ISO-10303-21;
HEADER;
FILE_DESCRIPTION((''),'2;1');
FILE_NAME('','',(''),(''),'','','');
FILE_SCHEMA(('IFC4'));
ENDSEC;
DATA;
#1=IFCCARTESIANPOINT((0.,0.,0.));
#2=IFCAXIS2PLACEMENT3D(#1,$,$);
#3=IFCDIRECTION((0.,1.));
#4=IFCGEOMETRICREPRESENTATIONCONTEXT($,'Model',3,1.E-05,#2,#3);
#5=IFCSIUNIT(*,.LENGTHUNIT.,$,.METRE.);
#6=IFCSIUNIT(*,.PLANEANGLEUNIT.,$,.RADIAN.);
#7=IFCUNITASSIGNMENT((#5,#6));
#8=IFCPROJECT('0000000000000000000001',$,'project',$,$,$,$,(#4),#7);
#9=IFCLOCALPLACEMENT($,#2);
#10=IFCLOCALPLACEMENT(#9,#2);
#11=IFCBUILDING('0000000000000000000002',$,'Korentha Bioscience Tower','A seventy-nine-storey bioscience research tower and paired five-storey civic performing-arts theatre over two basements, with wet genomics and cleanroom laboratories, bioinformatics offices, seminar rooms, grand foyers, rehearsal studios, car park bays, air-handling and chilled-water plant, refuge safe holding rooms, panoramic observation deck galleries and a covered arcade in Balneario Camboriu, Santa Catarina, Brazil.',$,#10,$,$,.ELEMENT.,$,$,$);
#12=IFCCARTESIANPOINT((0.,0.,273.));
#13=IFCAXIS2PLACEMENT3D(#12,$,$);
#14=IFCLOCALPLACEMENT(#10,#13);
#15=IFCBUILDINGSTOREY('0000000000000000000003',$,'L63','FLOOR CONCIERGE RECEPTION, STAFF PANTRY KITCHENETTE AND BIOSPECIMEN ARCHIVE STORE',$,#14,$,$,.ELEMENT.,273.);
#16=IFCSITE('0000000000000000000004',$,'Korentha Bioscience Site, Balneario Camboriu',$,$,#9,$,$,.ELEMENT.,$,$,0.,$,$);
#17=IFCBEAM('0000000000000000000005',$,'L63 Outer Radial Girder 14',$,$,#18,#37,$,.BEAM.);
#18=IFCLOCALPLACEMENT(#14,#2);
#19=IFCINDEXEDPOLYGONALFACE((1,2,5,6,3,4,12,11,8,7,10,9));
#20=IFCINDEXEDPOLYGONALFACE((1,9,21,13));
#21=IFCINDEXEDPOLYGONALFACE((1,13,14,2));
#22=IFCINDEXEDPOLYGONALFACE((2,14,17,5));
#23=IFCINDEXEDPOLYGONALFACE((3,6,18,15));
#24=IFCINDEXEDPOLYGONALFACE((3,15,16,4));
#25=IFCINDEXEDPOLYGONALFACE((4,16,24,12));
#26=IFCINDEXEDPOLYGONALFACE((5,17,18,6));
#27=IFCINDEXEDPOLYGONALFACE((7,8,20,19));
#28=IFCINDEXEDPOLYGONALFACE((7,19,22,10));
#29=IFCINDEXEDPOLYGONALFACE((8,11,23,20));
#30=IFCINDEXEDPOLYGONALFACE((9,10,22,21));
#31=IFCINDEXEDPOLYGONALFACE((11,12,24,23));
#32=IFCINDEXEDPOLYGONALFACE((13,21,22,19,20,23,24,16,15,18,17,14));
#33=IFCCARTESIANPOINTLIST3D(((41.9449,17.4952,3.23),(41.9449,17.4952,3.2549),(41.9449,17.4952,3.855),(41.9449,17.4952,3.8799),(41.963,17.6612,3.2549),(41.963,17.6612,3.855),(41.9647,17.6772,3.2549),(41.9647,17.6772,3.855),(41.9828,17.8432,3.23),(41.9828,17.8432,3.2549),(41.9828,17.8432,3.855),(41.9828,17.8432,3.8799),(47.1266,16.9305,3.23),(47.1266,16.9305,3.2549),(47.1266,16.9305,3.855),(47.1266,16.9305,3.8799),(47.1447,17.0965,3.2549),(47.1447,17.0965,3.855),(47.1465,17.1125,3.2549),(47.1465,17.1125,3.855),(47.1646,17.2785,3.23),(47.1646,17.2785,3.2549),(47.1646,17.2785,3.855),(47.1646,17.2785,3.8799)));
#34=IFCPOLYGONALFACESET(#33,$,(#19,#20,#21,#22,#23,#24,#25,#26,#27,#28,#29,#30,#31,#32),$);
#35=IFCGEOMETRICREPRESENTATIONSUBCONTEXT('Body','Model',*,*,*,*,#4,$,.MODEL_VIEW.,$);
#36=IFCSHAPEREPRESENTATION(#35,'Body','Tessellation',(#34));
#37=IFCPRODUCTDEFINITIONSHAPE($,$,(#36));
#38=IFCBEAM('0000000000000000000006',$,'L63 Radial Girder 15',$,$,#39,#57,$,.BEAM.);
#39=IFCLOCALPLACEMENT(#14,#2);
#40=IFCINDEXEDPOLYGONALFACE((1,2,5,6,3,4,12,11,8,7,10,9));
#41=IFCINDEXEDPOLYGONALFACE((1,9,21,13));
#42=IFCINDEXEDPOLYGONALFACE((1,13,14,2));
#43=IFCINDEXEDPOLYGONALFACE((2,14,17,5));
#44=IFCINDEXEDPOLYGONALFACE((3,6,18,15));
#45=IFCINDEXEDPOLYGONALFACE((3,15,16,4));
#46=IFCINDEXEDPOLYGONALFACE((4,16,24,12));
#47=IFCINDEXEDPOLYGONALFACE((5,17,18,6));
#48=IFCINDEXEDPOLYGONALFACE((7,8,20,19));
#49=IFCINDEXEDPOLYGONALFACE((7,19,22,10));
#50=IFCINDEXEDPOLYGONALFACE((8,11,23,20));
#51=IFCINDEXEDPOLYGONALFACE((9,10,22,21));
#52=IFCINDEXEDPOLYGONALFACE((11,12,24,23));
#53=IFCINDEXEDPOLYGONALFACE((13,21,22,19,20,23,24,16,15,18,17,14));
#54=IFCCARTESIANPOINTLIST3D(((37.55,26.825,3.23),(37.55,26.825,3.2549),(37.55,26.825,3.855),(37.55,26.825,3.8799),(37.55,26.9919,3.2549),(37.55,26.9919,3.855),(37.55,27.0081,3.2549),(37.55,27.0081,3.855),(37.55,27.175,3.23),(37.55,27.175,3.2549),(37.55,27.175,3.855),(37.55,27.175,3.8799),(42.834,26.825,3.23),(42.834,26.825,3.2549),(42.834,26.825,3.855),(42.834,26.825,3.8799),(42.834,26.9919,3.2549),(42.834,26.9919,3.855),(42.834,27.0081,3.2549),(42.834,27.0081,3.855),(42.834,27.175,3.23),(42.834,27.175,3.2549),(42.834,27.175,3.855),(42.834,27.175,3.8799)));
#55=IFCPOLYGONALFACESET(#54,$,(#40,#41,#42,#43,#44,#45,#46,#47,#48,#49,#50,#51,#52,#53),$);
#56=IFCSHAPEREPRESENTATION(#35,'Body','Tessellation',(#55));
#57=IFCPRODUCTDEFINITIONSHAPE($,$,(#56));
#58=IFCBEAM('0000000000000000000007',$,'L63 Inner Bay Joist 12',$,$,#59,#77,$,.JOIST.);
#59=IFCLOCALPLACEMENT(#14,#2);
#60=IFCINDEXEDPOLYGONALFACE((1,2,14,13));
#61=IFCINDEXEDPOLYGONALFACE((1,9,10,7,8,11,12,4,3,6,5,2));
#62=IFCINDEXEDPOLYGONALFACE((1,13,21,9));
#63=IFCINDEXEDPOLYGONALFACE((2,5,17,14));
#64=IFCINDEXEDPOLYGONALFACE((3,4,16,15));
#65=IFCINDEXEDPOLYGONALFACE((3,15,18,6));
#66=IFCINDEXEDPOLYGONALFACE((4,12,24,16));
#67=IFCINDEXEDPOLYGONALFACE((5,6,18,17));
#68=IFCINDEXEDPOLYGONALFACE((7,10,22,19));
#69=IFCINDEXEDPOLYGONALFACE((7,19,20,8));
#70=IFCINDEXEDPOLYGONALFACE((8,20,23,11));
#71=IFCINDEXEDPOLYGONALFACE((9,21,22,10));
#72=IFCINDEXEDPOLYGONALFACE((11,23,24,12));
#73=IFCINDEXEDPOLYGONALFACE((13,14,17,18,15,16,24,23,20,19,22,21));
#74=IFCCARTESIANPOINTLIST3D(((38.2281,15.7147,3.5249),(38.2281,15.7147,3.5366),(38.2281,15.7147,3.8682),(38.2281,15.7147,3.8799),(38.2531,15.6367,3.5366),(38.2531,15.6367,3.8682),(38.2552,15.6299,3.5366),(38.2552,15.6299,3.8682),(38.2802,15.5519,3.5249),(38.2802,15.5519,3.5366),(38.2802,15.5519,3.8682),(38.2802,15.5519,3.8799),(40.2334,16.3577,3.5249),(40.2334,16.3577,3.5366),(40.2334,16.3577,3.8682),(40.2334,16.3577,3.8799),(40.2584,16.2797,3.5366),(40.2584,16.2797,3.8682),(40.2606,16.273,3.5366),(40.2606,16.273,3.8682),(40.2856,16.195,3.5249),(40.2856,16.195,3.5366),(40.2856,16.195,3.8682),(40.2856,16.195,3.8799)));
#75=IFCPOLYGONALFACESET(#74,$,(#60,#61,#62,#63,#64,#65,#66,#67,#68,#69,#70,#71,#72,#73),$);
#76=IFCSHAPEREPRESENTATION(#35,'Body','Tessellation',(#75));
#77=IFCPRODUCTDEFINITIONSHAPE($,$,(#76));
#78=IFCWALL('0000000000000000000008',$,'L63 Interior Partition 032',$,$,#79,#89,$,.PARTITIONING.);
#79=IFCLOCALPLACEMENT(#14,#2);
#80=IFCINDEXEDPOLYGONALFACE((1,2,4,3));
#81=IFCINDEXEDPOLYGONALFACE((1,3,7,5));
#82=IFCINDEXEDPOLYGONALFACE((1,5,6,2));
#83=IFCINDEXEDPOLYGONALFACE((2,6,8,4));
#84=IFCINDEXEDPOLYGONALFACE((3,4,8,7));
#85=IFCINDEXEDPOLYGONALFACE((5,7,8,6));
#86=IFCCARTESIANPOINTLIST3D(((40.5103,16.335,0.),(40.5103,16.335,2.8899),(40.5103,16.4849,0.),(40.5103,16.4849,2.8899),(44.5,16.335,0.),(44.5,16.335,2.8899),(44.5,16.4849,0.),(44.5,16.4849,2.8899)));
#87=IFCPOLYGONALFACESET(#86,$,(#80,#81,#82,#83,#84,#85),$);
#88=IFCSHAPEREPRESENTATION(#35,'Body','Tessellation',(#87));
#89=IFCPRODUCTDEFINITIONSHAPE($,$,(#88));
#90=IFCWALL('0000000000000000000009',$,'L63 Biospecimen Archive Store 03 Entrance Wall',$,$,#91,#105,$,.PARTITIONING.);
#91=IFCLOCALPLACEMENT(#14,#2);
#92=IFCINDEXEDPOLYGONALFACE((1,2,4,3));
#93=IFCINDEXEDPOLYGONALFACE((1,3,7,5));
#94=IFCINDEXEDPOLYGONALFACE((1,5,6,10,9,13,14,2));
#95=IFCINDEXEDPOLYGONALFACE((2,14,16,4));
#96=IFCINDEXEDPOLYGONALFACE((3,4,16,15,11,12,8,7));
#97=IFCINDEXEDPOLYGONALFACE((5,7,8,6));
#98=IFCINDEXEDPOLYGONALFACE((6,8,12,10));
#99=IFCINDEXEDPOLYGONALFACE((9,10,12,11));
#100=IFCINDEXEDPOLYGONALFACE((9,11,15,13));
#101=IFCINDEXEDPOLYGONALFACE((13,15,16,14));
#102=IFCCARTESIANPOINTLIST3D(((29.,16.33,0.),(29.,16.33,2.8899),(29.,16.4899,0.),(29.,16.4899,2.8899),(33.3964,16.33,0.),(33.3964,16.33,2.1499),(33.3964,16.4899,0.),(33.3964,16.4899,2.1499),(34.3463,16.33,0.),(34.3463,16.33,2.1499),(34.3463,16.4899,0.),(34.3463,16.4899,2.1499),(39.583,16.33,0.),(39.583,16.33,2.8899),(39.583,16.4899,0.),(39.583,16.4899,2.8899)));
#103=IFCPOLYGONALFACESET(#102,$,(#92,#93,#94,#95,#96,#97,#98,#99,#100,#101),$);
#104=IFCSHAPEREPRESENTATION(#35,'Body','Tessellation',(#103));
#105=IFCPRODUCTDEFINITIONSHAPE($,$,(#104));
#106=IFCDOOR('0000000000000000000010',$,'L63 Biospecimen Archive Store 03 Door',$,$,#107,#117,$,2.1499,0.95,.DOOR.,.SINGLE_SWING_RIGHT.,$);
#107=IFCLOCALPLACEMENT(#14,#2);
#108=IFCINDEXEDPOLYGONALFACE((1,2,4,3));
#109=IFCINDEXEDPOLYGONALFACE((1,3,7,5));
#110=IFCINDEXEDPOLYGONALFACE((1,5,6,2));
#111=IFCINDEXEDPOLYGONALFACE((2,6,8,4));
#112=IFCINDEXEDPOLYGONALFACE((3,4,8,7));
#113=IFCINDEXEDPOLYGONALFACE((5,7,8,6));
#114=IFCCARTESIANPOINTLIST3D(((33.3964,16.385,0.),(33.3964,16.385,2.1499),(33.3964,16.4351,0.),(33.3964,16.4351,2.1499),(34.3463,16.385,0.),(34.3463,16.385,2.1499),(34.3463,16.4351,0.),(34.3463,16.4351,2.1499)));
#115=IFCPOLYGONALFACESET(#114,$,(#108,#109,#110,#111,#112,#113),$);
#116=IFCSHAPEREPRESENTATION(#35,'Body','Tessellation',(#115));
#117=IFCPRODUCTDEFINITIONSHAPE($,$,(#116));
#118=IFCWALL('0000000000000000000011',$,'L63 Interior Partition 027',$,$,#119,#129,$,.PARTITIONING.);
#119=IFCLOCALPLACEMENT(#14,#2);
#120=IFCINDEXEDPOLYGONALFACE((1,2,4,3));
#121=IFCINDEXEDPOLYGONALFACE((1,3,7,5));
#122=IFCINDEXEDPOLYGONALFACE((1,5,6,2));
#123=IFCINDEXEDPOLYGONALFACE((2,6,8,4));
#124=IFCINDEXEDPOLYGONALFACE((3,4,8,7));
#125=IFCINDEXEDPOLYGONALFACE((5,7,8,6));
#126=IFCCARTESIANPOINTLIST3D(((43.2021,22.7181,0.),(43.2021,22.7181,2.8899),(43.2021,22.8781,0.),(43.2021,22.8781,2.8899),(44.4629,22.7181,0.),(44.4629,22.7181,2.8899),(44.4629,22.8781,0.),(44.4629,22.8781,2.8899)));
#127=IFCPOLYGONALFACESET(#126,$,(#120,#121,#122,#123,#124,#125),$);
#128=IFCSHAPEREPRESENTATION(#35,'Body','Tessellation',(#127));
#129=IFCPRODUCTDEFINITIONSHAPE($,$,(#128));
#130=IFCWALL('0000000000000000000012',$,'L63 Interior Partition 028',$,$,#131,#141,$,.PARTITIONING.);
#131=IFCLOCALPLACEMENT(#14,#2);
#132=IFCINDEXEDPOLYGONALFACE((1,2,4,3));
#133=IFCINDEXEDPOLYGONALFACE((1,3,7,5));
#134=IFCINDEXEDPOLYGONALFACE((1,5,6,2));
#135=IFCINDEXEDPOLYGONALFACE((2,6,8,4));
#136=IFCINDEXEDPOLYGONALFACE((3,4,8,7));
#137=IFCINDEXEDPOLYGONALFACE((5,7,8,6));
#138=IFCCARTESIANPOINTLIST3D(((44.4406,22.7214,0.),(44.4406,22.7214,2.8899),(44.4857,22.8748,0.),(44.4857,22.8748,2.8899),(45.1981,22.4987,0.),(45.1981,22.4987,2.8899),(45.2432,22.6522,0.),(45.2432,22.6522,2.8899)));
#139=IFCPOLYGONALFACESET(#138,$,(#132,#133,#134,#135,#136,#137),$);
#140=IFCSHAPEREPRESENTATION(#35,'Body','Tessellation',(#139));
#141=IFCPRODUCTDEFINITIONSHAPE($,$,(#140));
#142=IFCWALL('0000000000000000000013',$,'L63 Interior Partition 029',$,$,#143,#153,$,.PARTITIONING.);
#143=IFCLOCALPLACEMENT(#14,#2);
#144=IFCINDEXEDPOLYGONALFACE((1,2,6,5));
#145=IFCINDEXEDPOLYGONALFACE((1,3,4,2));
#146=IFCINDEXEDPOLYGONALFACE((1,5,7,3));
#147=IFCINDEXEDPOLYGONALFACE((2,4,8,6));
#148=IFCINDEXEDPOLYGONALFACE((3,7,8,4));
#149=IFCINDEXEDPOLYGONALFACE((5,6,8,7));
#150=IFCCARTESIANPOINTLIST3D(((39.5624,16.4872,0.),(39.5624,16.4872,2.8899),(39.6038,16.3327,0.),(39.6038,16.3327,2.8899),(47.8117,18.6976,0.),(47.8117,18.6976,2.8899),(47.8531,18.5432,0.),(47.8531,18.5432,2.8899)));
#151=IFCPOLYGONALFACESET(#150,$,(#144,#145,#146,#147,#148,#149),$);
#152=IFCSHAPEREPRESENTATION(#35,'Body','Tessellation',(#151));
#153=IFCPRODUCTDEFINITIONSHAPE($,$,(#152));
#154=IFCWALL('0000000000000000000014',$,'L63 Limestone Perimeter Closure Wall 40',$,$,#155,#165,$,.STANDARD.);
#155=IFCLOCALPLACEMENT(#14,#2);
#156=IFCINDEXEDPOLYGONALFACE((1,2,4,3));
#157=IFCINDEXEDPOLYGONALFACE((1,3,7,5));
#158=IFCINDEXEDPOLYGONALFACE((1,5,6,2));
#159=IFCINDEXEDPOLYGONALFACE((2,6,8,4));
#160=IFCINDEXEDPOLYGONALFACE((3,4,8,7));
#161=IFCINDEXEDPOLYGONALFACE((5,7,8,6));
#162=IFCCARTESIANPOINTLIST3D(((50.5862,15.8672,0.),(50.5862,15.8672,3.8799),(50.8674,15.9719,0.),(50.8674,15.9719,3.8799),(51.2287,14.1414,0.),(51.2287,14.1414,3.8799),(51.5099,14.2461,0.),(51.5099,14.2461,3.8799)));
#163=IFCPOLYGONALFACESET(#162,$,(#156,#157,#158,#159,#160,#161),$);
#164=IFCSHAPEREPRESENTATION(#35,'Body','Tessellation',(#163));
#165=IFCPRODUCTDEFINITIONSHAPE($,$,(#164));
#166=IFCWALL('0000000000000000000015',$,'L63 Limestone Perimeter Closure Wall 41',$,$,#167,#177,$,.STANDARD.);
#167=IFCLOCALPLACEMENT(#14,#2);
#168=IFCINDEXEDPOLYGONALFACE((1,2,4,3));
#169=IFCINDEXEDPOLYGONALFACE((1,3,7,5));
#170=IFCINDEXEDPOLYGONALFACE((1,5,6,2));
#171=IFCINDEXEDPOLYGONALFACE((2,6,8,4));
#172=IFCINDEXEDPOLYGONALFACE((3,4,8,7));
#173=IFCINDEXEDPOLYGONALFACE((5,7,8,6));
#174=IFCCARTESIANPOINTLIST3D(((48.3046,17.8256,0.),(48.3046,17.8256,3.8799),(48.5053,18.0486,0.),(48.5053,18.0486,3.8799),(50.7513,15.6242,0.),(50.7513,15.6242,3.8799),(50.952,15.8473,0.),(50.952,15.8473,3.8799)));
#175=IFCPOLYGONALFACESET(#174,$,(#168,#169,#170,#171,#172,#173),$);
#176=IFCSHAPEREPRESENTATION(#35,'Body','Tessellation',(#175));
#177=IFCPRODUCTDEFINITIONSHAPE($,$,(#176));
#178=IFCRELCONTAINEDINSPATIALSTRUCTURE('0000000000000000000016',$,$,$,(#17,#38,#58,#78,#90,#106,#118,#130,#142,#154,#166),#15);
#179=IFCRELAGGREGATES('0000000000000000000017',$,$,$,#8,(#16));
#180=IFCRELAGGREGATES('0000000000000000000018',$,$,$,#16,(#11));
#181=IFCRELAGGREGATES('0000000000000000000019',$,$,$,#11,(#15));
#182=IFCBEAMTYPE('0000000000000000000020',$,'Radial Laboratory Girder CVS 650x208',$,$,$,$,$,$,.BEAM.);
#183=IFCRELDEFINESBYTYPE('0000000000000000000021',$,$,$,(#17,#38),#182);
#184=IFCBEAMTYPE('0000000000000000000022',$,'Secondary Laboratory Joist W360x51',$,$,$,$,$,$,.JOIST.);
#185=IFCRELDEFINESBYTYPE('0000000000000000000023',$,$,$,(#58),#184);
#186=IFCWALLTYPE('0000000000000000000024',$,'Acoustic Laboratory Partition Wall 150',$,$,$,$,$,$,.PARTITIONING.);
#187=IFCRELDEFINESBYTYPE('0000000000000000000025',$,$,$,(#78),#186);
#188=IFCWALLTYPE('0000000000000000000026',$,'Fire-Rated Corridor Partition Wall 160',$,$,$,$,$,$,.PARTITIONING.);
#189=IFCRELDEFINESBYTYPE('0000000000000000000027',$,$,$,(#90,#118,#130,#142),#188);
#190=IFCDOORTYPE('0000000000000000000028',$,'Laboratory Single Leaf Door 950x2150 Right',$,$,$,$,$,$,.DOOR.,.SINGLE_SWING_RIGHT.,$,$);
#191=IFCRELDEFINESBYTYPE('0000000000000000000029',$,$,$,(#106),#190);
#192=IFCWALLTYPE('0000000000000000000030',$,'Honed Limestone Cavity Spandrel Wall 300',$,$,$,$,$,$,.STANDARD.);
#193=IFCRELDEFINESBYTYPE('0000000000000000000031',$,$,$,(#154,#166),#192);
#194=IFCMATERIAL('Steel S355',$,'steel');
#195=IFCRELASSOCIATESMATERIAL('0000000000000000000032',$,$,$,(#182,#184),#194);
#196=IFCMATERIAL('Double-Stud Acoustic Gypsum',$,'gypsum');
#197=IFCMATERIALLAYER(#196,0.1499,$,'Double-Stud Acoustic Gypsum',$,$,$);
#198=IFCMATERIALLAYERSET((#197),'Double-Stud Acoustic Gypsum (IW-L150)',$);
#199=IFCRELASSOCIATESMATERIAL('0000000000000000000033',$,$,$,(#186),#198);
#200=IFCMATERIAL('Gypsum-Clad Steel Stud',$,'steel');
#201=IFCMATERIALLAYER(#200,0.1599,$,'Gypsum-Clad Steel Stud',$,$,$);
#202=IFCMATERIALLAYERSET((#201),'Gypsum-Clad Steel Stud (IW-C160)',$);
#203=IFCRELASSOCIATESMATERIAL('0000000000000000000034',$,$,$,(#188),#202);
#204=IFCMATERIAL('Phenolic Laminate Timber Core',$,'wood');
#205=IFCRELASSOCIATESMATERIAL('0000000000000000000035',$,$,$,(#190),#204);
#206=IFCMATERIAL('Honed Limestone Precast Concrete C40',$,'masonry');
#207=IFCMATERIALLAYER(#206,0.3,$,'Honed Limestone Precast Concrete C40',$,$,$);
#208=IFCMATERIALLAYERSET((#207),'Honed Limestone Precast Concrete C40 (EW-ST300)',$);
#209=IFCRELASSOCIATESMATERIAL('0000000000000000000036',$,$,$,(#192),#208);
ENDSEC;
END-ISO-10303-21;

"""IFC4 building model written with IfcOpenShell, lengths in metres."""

from ifc_helpers import new_model, si_unit, direction, frame, frame_2d, origin, origin_2d, place, context, subcontext, project, spatial, rectangle, i_section, extrude, material, layer, layer_set, material_profile, profile_set, type_object, element, fill, save


model = new_model("IFC4")

# Units and contexts
model_context = context("Model", 3, precision=1e-05, world=origin(), true_north=direction((0.0, 1.0)))
body_context = subcontext(model_context, "Body", "Model", "MODEL_VIEW")
ifc_project = project(units=[si_unit("LENGTHUNIT", "METRE"), si_unit("PLANEANGLEUNIT", "RADIAN")], contexts=[model_context])

# Site, building, storey
site_placement = place(None, origin())
site = spatial("IfcSite", under=ifc_project, at=site_placement, Name="Korentha Bioscience Site, Balneario Camboriu", CompositionType="ELEMENT", RefElevation=0.0)
building_placement = place(site_placement, origin())
building = spatial("IfcBuilding", under=site, at=building_placement, Name="Korentha Bioscience Tower", Description="A seventy-nine-storey bioscience research tower and paired five-storey civic performing-arts theatre over two basements, with wet genomics and cleanroom laboratories, bioinformatics offices, seminar rooms, grand foyers, rehearsal studios, car park bays, air-handling and chilled-water plant, refuge safe holding rooms, panoramic observation deck galleries and a covered arcade in Balneario Camboriu, Santa Catarina, Brazil.", CompositionType="ELEMENT")
storey_placement = place(building_placement, frame((0.0, 0.0, 273.0)))
storey = spatial("IfcBuildingStorey", under=building, at=storey_placement, Name="L63", Description="FLOOR CONCIERGE RECEPTION, STAFF PANTRY KITCHENETTE AND BIOSPECIMEN ARCHIVE STORE", CompositionType="ELEMENT", Elevation=273.0)

# Beams
ifc_material_1 = material(Name="Steel S355", Category="steel")
ifc_material_profile_1 = material_profile(ifc_material_1, i_section(OverallWidth=0.3501, OverallDepth=0.6499, WebThickness=0.0161, FlangeThickness=0.0249, at=origin_2d()), Name="Steel S355")
ifc_profile_set_1 = profile_set([ifc_material_profile_1], Name="Steel S355 (RB-650)")
beam_type_1 = type_object("IfcBeamType", Name="Radial Laboratory Girder CVS 650x208", PredefinedType="BEAM", material=ifc_profile_set_1)
beam_1_placement = place(storey_placement, frame((41.9639, 17.6692, 3.5549), z_axis=(0.994114, -0.108339, 0.0), x_axis=(0.108339, 0.994114, 0.0)))
element("IfcBeam", 1, at=beam_1_placement, inside=storey, type_object=beam_type_1, Name="L63 Outer Radial Girder 14", PredefinedType="BEAM", context=body_context, shape_type="SweptSolid", body=[
    extrude(i_section(OverallWidth=0.3501, OverallDepth=0.6499, WebThickness=0.0161, FlangeThickness=0.0249, at=origin_2d()), origin(), (0.0, 0.0, 1.0), 5.2124),
])
beam_2_placement = place(storey_placement, frame((37.55, 27.0, 3.5549), z_axis=(1.0, 0.0, 0.0), x_axis=(0.0, 1.0, 0.0)))
element("IfcBeam", 2, at=beam_2_placement, inside=storey, type_object=beam_type_1, Name="L63 Radial Girder 15", PredefinedType="BEAM", context=body_context, shape_type="SweptSolid", body=[
    extrude(i_section(OverallWidth=0.3501, OverallDepth=0.6499, WebThickness=0.0161, FlangeThickness=0.0249, at=origin_2d()), origin(), (0.0, 0.0, 1.0), 5.2839),
])
ifc_material_profile_2 = material_profile(ifc_material_1, i_section(OverallWidth=0.1709, OverallDepth=0.355, WebThickness=0.0071, FlangeThickness=0.0117, at=origin_2d()), Name="Steel S355")
ifc_profile_set_2 = profile_set([ifc_material_profile_2], Name="Steel S355 (JB-360)")
beam_type_2 = type_object("IfcBeamType", Name="Secondary Laboratory Joist W360x51", PredefinedType="JOIST", material=ifc_profile_set_2)
beam_3_placement = place(storey_placement, frame((38.2542, 15.6333, 3.7024), z_axis=(0.952238, 0.305356, 0.0), x_axis=(-0.305356, 0.952238, 0.0)))
element("IfcBeam", 3, at=beam_3_placement, inside=storey, type_object=beam_type_2, Name="L63 Inner Bay Joist 12", PredefinedType="JOIST", context=body_context, shape_type="SweptSolid", body=[
    extrude(i_section(OverallWidth=0.1709, OverallDepth=0.355, WebThickness=0.0071, FlangeThickness=0.0117, at=origin_2d()), origin(), (0.0, 0.0, 1.0), 2.106),
])

# Wall
ifc_material_2 = material(Name="Double-Stud Acoustic Gypsum", Category="gypsum")
ifc_layer_1 = layer(ifc_material_2, 0.1499, Name="Double-Stud Acoustic Gypsum")
ifc_layer_set_1 = layer_set([ifc_layer_1], Name="Double-Stud Acoustic Gypsum (IW-L150)")
wall_type_1 = type_object("IfcWallType", Name="Acoustic Laboratory Partition Wall 150", PredefinedType="PARTITIONING", material=ifc_layer_set_1)
wall_1_placement = place(storey_placement, frame((44.5, 16.4099, 0.0), z_axis=(0.0, 0.0, 1.0), x_axis=(-1.0, 0.0, 0.0)))
element("IfcWall", 4, at=wall_1_placement, inside=storey, type_object=wall_type_1, Name="L63 Interior Partition 032", PredefinedType="PARTITIONING", context=body_context, shape_type="SweptSolid", body=[
    extrude(rectangle(XDim=3.9897, YDim=0.1499, at=frame_2d((1.9949, 0.0))), origin(), (0.0, 0.0, 1.0), 2.8899),
])

# Wall, opening, door
ifc_material_3 = material(Name="Gypsum-Clad Steel Stud", Category="steel")
ifc_layer_2 = layer(ifc_material_3, 0.1599, Name="Gypsum-Clad Steel Stud")
ifc_layer_set_2 = layer_set([ifc_layer_2], Name="Gypsum-Clad Steel Stud (IW-C160)")
wall_type_2 = type_object("IfcWallType", Name="Fire-Rated Corridor Partition Wall 160", PredefinedType="PARTITIONING", material=ifc_layer_set_2)
wall_2_placement = place(storey_placement, frame((39.583, 16.4099, 0.0), z_axis=(0.0, 0.0, 1.0), x_axis=(-1.0, 0.0, 0.0)))
wall_2 = element("IfcWall", 5, at=wall_2_placement, inside=storey, type_object=wall_type_2, Name="L63 Biospecimen Archive Store 03 Entrance Wall", PredefinedType="PARTITIONING", context=body_context, shape_type="SweptSolid", body=[
    extrude(rectangle(XDim=10.583, YDim=0.1599, at=frame_2d((5.2915, 0.0))), origin(), (0.0, 0.0, 1.0), 2.8899),
])
opening_placement = place(wall_2_placement, frame((5.2366, 0.0, 0.0)))
opening = element("IfcOpeningElement", 6, at=opening_placement, cuts=wall_2, PredefinedType="OPENING", context=body_context, shape_type="SweptSolid", body=[
    extrude(rectangle(XDim=0.95, YDim=2.1499, at=frame_2d((0.4751, 1.075))), frame((0.0, 0.0947, 0.0), z_axis=(0.0, -1.0, 0.0), x_axis=(1.0, 0.0, 0.0)), (0.0, 0.0, 1.0), 0.1897),
])
ifc_material_4 = material(Name="Phenolic Laminate Timber Core", Category="wood")
door_type = type_object("IfcDoorType", Name="Laboratory Single Leaf Door 950x2150 Right", OperationType="SINGLE_SWING_RIGHT", PredefinedType="DOOR", material=ifc_material_4)
door_placement = place(opening_placement, origin())
door = element("IfcDoor", 7, at=door_placement, inside=storey, type_object=door_type, Name="L63 Biospecimen Archive Store 03 Door", OperationType="SINGLE_SWING_RIGHT", OverallHeight=2.1499, OverallWidth=0.95, PredefinedType="DOOR", context=body_context, shape_type="SweptSolid", body=[
    extrude(rectangle(XDim=0.95, YDim=2.1499, at=frame_2d((0.4751, 1.075))), frame((0.0, 0.0249, 0.0), z_axis=(0.0, -1.0, 0.0), x_axis=(1.0, 0.0, 0.0)), (0.0, 0.0, 1.0), 0.05),
])
fill(opening, door)

# Walls
wall_3_placement = place(storey_placement, frame((43.2021, 22.7981, 0.0), z_axis=(0.0, 0.0, 1.0), x_axis=(1.0, 0.0, 0.0)))
element("IfcWall", 8, at=wall_3_placement, inside=storey, type_object=wall_type_2, Name="L63 Interior Partition 027", PredefinedType="PARTITIONING", context=body_context, shape_type="SweptSolid", body=[
    extrude(rectangle(XDim=1.2607, YDim=0.1599, at=frame_2d((0.6304, 0.0))), origin(), (0.0, 0.0, 1.0), 2.8899),
])
wall_4_placement = place(storey_placement, frame((44.4631, 22.7981, 0.0), z_axis=(0.0, 0.0, 1.0), x_axis=(0.95942, -0.281982, 0.0)))
element("IfcWall", 9, at=wall_4_placement, inside=storey, type_object=wall_type_2, Name="L63 Interior Partition 028", PredefinedType="PARTITIONING", context=body_context, shape_type="SweptSolid", body=[
    extrude(rectangle(XDim=0.7896, YDim=0.1599, at=frame_2d((0.3948, 0.0))), origin(), (0.0, 0.0, 1.0), 2.8899),
])
wall_5_placement = place(storey_placement, frame((47.8323, 18.6204, 0.0), z_axis=(0.0, 0.0, 1.0), x_axis=(-0.965924, -0.258826, 0.0)))
element("IfcWall", 10, at=wall_5_placement, inside=storey, type_object=wall_type_2, Name="L63 Interior Partition 029", PredefinedType="PARTITIONING", context=body_context, shape_type="SweptSolid", body=[
    extrude(rectangle(XDim=8.5403, YDim=0.1599, at=frame_2d((4.27, 0.0))), origin(), (0.0, 0.0, 1.0), 2.8899),
])
ifc_material_5 = material(Name="Honed Limestone Precast Concrete C40", Category="masonry")
ifc_layer_3 = layer(ifc_material_5, 0.3, Name="Honed Limestone Precast Concrete C40")
ifc_layer_set_3 = layer_set([ifc_layer_3], Name="Honed Limestone Precast Concrete C40 (EW-ST300)")
wall_type_3 = type_object("IfcWallType", Name="Honed Limestone Cavity Spandrel Wall 300", PredefinedType="STANDARD", material=ifc_layer_set_3)
wall_6_placement = place(storey_placement, frame((51.3694, 14.1936, 0.0), z_axis=(0.0, 0.0, 1.0), x_axis=(-0.348929, 0.937149, 0.0)))
element("IfcWall", 11, at=wall_6_placement, inside=storey, type_object=wall_type_3, Name="L63 Limestone Perimeter Closure Wall 40", PredefinedType="STANDARD", context=body_context, shape_type="SweptSolid", body=[
    extrude(rectangle(XDim=1.8416, YDim=0.3, at=frame_2d((0.9209, 0.0))), origin(), (0.0, 0.0, 1.0), 3.8799),
])
wall_7_placement = place(storey_placement, frame((50.8516, 15.7358, 0.0), z_axis=(0.0, 0.0, 1.0), x_axis=(-0.743397, 0.66885, 0.0)))
element("IfcWall", 12, at=wall_7_placement, inside=storey, type_object=wall_type_3, Name="L63 Limestone Perimeter Closure Wall 41", PredefinedType="STANDARD", context=body_context, shape_type="SweptSolid", body=[
    extrude(rectangle(XDim=3.2913, YDim=0.3, at=frame_2d((1.6455, 0.0))), origin(), (0.0, 0.0, 1.0), 3.8799),
])

save(model, "model.ifc")
